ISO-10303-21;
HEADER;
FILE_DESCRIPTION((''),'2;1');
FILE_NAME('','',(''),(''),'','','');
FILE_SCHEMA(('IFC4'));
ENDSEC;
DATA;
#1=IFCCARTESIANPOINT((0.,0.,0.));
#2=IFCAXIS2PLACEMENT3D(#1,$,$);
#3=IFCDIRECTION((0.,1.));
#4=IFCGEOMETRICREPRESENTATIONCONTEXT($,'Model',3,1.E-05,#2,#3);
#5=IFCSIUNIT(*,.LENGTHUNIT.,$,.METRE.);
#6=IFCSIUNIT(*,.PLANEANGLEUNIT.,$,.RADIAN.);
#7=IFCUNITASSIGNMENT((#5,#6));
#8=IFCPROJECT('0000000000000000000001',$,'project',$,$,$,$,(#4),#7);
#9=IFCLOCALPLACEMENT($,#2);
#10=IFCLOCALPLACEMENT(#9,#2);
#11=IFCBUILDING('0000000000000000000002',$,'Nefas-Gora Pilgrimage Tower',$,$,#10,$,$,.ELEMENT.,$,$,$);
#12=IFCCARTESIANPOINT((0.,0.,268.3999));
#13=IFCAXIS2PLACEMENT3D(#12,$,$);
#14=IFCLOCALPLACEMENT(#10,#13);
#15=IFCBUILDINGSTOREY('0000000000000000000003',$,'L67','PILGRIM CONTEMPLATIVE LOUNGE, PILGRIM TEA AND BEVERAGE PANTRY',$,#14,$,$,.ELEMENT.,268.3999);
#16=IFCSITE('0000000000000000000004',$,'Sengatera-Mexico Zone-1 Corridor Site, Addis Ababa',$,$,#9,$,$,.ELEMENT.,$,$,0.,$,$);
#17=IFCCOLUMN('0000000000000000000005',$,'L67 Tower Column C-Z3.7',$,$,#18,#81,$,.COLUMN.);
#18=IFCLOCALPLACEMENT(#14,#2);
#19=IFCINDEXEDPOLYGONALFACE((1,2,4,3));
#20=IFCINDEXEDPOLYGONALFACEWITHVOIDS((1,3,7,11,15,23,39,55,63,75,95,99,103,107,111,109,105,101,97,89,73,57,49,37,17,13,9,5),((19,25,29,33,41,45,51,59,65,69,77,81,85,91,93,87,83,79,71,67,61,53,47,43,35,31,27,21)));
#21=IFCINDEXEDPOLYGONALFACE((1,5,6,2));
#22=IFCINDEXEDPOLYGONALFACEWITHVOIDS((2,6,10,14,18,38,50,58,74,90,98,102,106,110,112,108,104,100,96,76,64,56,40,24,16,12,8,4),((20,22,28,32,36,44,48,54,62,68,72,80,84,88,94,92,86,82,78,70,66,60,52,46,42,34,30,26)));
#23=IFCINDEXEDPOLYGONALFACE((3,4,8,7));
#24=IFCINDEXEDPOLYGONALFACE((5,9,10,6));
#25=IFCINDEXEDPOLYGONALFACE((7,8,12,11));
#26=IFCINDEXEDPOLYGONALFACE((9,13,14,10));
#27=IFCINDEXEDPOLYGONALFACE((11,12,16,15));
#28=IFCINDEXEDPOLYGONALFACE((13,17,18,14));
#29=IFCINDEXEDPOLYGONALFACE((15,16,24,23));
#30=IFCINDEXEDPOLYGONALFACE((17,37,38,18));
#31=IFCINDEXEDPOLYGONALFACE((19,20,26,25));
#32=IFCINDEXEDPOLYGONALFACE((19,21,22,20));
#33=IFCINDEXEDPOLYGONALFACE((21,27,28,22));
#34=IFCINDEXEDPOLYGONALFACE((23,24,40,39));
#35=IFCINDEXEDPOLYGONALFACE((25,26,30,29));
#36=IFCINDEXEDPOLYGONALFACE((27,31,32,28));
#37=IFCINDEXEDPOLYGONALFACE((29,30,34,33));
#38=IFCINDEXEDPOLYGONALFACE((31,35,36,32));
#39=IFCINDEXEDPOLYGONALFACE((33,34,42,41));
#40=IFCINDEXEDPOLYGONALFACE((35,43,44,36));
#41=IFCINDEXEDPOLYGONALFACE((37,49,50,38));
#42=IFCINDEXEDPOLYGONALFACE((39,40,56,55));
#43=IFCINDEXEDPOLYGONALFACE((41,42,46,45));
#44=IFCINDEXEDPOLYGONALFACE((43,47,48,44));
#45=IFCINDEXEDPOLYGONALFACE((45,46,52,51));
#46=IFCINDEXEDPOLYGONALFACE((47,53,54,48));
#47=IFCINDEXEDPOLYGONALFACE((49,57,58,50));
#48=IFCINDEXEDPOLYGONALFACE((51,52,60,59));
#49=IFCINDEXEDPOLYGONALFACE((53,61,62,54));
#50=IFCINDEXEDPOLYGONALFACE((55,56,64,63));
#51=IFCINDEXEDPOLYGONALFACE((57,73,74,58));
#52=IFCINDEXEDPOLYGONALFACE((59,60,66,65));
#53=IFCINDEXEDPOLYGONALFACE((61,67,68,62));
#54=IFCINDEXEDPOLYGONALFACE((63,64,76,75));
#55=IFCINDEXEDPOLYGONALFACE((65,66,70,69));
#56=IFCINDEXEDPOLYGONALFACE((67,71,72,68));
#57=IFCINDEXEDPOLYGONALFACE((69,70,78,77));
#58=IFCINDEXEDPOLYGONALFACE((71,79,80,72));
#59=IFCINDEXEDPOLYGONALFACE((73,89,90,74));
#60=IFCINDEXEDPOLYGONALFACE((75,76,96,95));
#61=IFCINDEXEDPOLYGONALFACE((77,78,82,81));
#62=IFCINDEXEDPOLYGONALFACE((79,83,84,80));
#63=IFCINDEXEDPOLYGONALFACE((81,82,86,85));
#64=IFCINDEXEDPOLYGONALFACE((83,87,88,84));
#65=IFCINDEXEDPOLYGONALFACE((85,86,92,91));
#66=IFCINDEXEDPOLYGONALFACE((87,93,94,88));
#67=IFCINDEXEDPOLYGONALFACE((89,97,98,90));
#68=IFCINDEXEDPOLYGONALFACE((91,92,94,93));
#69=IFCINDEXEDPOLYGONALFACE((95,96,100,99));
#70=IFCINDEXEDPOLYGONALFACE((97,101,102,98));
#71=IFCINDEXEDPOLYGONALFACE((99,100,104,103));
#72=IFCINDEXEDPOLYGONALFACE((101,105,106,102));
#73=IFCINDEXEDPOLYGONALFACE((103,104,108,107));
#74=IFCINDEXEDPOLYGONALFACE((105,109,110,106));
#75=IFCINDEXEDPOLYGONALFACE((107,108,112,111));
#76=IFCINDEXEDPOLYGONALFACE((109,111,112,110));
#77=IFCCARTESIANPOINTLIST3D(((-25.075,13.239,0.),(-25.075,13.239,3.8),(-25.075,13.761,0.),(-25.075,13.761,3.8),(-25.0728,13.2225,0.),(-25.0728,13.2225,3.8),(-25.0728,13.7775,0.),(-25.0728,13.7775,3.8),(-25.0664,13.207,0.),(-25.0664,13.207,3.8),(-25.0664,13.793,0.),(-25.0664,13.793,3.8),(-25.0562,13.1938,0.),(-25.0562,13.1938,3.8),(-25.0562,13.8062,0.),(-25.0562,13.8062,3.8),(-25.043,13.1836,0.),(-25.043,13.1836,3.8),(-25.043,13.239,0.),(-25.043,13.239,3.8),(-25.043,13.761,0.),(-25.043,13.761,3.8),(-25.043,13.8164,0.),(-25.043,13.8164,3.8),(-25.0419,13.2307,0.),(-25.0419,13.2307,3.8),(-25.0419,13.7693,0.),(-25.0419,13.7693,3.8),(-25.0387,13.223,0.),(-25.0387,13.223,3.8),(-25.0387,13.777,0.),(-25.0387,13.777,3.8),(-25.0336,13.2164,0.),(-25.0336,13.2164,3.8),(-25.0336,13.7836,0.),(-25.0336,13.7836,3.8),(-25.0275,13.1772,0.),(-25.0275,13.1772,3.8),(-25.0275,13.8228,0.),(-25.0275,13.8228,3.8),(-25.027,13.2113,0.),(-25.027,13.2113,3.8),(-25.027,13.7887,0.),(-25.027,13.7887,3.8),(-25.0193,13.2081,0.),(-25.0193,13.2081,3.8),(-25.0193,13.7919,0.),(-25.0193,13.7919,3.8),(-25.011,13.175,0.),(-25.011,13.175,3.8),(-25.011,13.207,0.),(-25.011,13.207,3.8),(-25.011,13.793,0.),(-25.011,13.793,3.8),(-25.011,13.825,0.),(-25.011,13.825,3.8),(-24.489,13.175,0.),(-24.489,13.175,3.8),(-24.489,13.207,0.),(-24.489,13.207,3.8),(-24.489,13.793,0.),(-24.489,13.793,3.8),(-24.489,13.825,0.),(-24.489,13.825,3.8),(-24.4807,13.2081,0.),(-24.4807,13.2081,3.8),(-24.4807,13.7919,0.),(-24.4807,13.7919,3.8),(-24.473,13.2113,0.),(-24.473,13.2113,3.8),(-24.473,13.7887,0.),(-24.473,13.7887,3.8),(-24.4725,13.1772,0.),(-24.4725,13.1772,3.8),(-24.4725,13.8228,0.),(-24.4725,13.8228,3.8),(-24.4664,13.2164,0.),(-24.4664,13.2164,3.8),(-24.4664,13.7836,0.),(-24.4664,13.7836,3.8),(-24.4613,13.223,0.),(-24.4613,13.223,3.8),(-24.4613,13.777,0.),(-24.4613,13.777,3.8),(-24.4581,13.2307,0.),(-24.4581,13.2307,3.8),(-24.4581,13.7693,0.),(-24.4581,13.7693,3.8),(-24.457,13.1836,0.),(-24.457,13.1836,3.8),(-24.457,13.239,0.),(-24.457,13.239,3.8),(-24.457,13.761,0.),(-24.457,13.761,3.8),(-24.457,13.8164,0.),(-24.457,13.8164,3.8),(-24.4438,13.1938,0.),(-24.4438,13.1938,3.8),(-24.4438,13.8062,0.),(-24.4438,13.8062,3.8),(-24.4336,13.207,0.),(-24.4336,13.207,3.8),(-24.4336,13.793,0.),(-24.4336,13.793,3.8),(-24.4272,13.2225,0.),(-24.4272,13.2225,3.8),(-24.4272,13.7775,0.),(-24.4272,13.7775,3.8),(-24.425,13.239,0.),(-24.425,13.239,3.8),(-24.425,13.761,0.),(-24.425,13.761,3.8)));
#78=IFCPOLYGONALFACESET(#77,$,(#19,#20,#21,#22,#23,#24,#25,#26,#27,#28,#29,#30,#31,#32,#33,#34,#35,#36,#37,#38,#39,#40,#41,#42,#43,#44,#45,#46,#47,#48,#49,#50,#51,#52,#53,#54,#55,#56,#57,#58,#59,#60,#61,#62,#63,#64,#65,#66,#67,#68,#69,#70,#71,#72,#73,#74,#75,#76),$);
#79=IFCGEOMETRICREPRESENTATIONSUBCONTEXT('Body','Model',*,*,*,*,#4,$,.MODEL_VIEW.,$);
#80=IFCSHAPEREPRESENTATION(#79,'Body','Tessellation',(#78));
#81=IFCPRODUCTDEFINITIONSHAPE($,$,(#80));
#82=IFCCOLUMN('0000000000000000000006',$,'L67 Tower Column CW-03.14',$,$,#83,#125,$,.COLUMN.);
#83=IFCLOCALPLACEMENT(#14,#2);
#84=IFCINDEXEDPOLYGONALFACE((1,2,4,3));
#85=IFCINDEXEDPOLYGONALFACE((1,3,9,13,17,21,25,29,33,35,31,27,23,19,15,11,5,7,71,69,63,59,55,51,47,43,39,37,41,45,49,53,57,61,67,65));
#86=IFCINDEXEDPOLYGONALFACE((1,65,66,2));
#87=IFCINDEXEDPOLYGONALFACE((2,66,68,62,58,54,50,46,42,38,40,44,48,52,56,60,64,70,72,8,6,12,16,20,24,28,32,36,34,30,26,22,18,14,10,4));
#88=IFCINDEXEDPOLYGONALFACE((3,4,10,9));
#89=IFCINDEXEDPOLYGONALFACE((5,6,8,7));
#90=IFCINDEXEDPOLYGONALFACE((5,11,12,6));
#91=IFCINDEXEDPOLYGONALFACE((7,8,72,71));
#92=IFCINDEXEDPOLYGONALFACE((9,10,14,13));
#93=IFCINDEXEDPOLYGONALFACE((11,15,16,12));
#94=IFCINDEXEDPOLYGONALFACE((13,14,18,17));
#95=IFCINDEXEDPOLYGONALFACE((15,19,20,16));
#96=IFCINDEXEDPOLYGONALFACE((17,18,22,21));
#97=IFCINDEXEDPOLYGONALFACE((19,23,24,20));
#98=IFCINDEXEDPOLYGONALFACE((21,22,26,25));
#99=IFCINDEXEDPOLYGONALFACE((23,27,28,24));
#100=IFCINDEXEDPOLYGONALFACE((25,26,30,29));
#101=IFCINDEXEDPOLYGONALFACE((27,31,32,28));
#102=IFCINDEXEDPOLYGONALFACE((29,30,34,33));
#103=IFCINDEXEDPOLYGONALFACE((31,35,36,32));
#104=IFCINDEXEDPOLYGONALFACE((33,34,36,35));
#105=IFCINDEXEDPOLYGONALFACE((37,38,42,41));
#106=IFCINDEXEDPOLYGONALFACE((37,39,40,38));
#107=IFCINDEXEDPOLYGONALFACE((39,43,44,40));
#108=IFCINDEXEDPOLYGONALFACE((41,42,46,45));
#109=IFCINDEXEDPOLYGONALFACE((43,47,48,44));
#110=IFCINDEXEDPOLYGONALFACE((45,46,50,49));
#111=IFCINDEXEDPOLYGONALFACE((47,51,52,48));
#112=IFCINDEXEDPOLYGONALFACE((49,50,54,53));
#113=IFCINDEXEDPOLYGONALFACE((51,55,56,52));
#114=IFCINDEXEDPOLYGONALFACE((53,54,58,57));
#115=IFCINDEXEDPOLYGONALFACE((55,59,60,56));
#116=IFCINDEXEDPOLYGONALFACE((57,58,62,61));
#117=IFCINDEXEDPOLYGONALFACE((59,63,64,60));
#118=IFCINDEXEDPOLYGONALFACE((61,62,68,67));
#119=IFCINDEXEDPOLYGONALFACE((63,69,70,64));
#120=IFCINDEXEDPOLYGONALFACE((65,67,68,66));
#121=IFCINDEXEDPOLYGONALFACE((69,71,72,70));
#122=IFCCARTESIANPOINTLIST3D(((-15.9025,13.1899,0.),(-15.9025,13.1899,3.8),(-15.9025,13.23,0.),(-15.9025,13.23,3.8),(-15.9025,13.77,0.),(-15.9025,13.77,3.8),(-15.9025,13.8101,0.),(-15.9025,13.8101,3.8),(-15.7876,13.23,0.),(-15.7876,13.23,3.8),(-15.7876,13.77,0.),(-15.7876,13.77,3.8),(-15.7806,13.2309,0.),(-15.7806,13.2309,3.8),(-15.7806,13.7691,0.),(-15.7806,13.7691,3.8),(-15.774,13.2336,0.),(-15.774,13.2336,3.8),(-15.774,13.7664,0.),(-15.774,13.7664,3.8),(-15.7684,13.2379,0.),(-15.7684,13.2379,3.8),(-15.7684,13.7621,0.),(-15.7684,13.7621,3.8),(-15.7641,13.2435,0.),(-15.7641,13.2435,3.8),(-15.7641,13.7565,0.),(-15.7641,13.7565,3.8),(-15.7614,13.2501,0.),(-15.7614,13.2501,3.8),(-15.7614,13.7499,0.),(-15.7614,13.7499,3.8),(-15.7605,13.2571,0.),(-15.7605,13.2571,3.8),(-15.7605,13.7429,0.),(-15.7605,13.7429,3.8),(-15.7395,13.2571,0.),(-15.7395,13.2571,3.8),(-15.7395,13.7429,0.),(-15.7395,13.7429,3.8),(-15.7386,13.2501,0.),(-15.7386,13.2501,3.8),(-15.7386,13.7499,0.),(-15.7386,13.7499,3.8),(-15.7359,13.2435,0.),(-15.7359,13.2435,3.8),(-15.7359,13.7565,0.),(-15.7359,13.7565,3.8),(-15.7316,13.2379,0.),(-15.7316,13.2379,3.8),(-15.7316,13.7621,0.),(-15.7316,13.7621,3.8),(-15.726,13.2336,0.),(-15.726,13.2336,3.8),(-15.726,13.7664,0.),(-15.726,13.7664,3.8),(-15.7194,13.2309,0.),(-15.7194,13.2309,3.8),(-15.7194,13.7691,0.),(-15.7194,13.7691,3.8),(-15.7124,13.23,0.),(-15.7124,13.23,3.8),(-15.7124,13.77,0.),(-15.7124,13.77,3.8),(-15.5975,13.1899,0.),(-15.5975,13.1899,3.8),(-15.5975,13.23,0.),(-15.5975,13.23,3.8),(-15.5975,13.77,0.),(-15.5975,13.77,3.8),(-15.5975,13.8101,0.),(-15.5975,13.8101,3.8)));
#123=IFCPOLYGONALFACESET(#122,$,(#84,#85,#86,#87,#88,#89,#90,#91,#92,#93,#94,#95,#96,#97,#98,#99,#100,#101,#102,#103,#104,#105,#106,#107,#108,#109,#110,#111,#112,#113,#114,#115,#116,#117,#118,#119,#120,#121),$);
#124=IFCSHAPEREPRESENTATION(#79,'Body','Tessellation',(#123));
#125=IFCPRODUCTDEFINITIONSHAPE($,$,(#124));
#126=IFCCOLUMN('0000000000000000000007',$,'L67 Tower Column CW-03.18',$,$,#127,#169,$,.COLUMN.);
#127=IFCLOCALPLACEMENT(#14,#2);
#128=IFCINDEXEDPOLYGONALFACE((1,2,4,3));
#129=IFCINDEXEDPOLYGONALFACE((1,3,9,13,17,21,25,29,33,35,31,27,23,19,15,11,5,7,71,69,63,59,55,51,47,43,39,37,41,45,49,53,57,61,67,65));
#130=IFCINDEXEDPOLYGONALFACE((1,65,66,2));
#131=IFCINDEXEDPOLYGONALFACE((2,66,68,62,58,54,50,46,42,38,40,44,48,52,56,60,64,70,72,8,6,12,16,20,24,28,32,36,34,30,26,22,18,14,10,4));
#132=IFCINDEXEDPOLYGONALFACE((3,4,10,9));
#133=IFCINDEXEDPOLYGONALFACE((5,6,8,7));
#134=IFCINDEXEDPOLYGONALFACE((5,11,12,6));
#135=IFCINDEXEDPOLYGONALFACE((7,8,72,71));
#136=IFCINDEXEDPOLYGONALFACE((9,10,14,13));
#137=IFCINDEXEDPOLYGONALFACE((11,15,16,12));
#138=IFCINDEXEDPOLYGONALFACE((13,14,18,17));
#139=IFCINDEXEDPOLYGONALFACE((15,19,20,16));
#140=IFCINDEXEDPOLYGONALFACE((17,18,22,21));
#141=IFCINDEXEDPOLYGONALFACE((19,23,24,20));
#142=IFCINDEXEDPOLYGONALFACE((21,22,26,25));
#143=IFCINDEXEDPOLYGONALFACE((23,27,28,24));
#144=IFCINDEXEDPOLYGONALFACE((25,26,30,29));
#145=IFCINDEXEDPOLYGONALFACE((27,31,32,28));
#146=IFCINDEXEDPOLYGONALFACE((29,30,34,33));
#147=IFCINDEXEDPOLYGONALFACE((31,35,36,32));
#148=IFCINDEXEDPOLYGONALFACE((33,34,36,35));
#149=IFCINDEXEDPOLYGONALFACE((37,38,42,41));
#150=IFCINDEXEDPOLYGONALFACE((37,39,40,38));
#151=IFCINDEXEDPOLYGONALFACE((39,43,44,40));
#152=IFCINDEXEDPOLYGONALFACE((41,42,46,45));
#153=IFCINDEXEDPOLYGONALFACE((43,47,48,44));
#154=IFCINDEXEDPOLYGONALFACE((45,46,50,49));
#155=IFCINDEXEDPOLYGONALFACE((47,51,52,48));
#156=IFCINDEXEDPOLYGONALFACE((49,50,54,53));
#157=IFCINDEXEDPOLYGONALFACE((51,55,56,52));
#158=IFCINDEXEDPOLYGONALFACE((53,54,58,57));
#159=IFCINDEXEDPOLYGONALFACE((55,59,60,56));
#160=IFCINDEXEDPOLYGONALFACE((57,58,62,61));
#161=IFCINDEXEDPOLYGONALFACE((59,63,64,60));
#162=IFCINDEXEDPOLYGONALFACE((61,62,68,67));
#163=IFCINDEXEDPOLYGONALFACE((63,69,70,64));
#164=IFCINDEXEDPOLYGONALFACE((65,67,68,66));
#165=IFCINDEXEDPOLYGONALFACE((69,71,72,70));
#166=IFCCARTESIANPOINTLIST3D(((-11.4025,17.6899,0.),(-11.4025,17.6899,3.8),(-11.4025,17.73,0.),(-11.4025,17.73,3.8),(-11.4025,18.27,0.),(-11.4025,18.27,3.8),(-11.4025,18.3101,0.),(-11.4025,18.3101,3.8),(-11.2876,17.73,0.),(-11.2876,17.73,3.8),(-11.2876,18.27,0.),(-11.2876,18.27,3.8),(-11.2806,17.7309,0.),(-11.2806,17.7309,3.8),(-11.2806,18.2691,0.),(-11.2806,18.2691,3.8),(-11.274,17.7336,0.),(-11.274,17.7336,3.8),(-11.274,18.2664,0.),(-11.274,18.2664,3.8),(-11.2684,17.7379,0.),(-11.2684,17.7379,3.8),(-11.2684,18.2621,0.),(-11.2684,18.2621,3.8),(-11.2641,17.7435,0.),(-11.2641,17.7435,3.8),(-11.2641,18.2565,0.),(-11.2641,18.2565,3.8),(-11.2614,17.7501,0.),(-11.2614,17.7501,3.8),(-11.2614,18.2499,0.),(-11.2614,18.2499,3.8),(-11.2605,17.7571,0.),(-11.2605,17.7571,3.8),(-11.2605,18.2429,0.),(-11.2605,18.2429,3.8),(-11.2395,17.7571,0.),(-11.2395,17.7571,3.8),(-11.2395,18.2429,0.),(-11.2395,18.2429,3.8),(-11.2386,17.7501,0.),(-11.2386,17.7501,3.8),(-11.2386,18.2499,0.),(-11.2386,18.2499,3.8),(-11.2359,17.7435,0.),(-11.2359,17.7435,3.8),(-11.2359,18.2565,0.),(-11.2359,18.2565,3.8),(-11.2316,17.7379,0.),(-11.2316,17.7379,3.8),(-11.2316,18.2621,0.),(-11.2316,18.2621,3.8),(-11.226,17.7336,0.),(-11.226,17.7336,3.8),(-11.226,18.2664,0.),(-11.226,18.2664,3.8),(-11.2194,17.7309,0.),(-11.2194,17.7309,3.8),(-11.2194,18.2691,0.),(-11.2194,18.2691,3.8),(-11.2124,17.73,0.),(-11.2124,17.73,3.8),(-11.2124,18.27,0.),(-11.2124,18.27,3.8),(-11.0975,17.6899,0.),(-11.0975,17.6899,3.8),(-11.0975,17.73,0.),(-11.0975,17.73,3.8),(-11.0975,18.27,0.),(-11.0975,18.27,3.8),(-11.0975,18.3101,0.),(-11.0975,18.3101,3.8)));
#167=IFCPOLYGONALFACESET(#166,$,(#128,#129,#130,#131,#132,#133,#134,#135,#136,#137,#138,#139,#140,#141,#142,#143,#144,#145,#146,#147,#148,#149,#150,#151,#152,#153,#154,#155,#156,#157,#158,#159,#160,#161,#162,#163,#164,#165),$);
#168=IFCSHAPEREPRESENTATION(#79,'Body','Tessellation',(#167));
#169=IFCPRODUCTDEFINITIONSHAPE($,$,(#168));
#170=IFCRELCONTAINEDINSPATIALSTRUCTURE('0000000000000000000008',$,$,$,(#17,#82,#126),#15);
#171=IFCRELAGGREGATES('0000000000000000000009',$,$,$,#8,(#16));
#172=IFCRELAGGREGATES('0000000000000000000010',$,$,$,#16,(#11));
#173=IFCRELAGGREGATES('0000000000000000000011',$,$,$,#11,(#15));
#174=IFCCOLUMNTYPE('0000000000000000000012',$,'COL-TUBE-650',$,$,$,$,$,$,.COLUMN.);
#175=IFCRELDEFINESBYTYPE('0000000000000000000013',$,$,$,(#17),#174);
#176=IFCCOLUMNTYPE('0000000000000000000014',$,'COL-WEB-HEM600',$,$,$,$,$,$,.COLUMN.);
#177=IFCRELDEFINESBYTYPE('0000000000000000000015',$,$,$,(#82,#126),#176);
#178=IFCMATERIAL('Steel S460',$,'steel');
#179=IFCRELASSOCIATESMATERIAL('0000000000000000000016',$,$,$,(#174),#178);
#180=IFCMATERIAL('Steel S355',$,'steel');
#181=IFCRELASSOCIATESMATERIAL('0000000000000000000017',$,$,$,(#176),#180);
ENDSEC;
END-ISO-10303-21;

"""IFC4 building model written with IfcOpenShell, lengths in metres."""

from ifc_helpers import new_model, si_unit, direction, frame, origin, origin_2d, place, context, subcontext, project, spatial, hollow_rectangle, i_section, extrude, source, transform, mapped, material, material_profile, profile_set, type_object, element, save


model = new_model("IFC4")

# Units and contexts
model_context = context("Model", 3, precision=1e-05, world=origin(), true_north=direction((0.0, 1.0)))
body_context = subcontext(model_context, "Body", "Model", "MODEL_VIEW")
ifc_project = project(units=[si_unit("LENGTHUNIT", "METRE"), si_unit("PLANEANGLEUNIT", "RADIAN")], contexts=[model_context])

# Site, building, storey
site_placement = place(None, origin())
site = spatial("IfcSite", under=ifc_project, at=site_placement, Name="Sengatera-Mexico Zone-1 Corridor Site, Addis Ababa", CompositionType="ELEMENT", RefElevation=0.0)
building_placement = place(site_placement, origin())
building = spatial("IfcBuilding", under=site, at=building_placement, Name="Nefas-Gora Pilgrimage Tower", CompositionType="ELEMENT")
storey_placement = place(building_placement, frame((0.0, 0.0, 268.3999)))
storey = spatial("IfcBuildingStorey", under=building, at=storey_placement, Name="L67", Description="PILGRIM CONTEMPLATIVE LOUNGE, PILGRIM TEA AND BEVERAGE PANTRY", CompositionType="ELEMENT", Elevation=268.3999)

# Columns
ifc_material_1 = material(Name="Steel S460", Category="steel")
ifc_material_profile_1 = material_profile(ifc_material_1, hollow_rectangle(XDim=0.6499, YDim=0.6499, WallThickness=0.032, InnerFilletRadius=0.032, OuterFilletRadius=0.064, at=origin_2d()), Name="BOX 650x650x32")
ifc_profile_set_1 = profile_set([ifc_material_profile_1], Name="Steel S460")
column_type_1 = type_object("IfcColumnType", Name="COL-TUBE-650", PredefinedType="COLUMN", material=ifc_profile_set_1)
shared_shape_1 = source(origin(), body_context, "Body", "SweptSolid", [
    extrude(hollow_rectangle(XDim=0.6499, YDim=0.6499, WallThickness=0.032, InnerFilletRadius=0.032, OuterFilletRadius=0.064, at=origin_2d()), origin(), (0.0, 0.0, 1.0), 3.8),
])
column_placement = place(storey_placement, frame((-24.75, 13.5, 0.0), z_axis=(0.0, 0.0, 1.0), x_axis=(1.0, 0.0, 0.0)))
element("IfcColumn", 1, at=column_placement, inside=storey, type_object=column_type_1, Name="L67 Tower Column C-Z3.7", PredefinedType="COLUMN", context=body_context, shape_type="MappedRepresentation", body=[
    mapped(shared_shape_1, transform((0.0, 0.0, 0.0), x_axis=(1.0, 0.0, 0.0), y_axis=(0.0, 1.0, 0.0), z_axis=(0.0, 0.0, 1.0), scale=1.0)),
])
ifc_material_2 = material(Name="Steel S355", Category="steel")
ifc_material_profile_2 = material_profile(ifc_material_2, i_section(OverallWidth=0.3049, OverallDepth=0.6201, WebThickness=0.021, FlangeThickness=0.04, FilletRadius=0.0271, at=origin_2d()), Name="HEM 600")
ifc_profile_set_2 = profile_set([ifc_material_profile_2], Name="Steel S355")
column_type_2 = type_object("IfcColumnType", Name="COL-WEB-HEM600", PredefinedType="COLUMN", material=ifc_profile_set_2)
shared_shape_2 = source(origin(), body_context, "Body", "SweptSolid", [
    extrude(i_section(OverallWidth=0.3049, OverallDepth=0.6201, WebThickness=0.021, FlangeThickness=0.04, FilletRadius=0.0271, at=origin_2d()), origin(), (0.0, 0.0, 1.0), 3.8),
])
for number, where, z_axis, x_axis, name in (
    (2, (-15.75, 13.5, 0.0), (0.0, 0.0, 1.0), (1.0, 0.0, 0.0), "L67 Tower Column CW-03.14"),
    (3, (-11.25, 18.0, 0.0), (0.0, 0.0, 1.0), (1.0, 0.0, 0.0), "L67 Tower Column CW-03.18"),
):
    element("IfcColumn", number, at=place(storey_placement, frame(where, z_axis=z_axis, x_axis=x_axis)), inside=storey, type_object=column_type_2, Name=name, PredefinedType="COLUMN", context=body_context, shape_type="MappedRepresentation", body=[
        mapped(shared_shape_2, transform((0.0, 0.0, 0.0), x_axis=(1.0, 0.0, 0.0), y_axis=(0.0, 1.0, 0.0), z_axis=(0.0, 0.0, 1.0), scale=1.0)),
    ])

save(model, "model.ifc")
